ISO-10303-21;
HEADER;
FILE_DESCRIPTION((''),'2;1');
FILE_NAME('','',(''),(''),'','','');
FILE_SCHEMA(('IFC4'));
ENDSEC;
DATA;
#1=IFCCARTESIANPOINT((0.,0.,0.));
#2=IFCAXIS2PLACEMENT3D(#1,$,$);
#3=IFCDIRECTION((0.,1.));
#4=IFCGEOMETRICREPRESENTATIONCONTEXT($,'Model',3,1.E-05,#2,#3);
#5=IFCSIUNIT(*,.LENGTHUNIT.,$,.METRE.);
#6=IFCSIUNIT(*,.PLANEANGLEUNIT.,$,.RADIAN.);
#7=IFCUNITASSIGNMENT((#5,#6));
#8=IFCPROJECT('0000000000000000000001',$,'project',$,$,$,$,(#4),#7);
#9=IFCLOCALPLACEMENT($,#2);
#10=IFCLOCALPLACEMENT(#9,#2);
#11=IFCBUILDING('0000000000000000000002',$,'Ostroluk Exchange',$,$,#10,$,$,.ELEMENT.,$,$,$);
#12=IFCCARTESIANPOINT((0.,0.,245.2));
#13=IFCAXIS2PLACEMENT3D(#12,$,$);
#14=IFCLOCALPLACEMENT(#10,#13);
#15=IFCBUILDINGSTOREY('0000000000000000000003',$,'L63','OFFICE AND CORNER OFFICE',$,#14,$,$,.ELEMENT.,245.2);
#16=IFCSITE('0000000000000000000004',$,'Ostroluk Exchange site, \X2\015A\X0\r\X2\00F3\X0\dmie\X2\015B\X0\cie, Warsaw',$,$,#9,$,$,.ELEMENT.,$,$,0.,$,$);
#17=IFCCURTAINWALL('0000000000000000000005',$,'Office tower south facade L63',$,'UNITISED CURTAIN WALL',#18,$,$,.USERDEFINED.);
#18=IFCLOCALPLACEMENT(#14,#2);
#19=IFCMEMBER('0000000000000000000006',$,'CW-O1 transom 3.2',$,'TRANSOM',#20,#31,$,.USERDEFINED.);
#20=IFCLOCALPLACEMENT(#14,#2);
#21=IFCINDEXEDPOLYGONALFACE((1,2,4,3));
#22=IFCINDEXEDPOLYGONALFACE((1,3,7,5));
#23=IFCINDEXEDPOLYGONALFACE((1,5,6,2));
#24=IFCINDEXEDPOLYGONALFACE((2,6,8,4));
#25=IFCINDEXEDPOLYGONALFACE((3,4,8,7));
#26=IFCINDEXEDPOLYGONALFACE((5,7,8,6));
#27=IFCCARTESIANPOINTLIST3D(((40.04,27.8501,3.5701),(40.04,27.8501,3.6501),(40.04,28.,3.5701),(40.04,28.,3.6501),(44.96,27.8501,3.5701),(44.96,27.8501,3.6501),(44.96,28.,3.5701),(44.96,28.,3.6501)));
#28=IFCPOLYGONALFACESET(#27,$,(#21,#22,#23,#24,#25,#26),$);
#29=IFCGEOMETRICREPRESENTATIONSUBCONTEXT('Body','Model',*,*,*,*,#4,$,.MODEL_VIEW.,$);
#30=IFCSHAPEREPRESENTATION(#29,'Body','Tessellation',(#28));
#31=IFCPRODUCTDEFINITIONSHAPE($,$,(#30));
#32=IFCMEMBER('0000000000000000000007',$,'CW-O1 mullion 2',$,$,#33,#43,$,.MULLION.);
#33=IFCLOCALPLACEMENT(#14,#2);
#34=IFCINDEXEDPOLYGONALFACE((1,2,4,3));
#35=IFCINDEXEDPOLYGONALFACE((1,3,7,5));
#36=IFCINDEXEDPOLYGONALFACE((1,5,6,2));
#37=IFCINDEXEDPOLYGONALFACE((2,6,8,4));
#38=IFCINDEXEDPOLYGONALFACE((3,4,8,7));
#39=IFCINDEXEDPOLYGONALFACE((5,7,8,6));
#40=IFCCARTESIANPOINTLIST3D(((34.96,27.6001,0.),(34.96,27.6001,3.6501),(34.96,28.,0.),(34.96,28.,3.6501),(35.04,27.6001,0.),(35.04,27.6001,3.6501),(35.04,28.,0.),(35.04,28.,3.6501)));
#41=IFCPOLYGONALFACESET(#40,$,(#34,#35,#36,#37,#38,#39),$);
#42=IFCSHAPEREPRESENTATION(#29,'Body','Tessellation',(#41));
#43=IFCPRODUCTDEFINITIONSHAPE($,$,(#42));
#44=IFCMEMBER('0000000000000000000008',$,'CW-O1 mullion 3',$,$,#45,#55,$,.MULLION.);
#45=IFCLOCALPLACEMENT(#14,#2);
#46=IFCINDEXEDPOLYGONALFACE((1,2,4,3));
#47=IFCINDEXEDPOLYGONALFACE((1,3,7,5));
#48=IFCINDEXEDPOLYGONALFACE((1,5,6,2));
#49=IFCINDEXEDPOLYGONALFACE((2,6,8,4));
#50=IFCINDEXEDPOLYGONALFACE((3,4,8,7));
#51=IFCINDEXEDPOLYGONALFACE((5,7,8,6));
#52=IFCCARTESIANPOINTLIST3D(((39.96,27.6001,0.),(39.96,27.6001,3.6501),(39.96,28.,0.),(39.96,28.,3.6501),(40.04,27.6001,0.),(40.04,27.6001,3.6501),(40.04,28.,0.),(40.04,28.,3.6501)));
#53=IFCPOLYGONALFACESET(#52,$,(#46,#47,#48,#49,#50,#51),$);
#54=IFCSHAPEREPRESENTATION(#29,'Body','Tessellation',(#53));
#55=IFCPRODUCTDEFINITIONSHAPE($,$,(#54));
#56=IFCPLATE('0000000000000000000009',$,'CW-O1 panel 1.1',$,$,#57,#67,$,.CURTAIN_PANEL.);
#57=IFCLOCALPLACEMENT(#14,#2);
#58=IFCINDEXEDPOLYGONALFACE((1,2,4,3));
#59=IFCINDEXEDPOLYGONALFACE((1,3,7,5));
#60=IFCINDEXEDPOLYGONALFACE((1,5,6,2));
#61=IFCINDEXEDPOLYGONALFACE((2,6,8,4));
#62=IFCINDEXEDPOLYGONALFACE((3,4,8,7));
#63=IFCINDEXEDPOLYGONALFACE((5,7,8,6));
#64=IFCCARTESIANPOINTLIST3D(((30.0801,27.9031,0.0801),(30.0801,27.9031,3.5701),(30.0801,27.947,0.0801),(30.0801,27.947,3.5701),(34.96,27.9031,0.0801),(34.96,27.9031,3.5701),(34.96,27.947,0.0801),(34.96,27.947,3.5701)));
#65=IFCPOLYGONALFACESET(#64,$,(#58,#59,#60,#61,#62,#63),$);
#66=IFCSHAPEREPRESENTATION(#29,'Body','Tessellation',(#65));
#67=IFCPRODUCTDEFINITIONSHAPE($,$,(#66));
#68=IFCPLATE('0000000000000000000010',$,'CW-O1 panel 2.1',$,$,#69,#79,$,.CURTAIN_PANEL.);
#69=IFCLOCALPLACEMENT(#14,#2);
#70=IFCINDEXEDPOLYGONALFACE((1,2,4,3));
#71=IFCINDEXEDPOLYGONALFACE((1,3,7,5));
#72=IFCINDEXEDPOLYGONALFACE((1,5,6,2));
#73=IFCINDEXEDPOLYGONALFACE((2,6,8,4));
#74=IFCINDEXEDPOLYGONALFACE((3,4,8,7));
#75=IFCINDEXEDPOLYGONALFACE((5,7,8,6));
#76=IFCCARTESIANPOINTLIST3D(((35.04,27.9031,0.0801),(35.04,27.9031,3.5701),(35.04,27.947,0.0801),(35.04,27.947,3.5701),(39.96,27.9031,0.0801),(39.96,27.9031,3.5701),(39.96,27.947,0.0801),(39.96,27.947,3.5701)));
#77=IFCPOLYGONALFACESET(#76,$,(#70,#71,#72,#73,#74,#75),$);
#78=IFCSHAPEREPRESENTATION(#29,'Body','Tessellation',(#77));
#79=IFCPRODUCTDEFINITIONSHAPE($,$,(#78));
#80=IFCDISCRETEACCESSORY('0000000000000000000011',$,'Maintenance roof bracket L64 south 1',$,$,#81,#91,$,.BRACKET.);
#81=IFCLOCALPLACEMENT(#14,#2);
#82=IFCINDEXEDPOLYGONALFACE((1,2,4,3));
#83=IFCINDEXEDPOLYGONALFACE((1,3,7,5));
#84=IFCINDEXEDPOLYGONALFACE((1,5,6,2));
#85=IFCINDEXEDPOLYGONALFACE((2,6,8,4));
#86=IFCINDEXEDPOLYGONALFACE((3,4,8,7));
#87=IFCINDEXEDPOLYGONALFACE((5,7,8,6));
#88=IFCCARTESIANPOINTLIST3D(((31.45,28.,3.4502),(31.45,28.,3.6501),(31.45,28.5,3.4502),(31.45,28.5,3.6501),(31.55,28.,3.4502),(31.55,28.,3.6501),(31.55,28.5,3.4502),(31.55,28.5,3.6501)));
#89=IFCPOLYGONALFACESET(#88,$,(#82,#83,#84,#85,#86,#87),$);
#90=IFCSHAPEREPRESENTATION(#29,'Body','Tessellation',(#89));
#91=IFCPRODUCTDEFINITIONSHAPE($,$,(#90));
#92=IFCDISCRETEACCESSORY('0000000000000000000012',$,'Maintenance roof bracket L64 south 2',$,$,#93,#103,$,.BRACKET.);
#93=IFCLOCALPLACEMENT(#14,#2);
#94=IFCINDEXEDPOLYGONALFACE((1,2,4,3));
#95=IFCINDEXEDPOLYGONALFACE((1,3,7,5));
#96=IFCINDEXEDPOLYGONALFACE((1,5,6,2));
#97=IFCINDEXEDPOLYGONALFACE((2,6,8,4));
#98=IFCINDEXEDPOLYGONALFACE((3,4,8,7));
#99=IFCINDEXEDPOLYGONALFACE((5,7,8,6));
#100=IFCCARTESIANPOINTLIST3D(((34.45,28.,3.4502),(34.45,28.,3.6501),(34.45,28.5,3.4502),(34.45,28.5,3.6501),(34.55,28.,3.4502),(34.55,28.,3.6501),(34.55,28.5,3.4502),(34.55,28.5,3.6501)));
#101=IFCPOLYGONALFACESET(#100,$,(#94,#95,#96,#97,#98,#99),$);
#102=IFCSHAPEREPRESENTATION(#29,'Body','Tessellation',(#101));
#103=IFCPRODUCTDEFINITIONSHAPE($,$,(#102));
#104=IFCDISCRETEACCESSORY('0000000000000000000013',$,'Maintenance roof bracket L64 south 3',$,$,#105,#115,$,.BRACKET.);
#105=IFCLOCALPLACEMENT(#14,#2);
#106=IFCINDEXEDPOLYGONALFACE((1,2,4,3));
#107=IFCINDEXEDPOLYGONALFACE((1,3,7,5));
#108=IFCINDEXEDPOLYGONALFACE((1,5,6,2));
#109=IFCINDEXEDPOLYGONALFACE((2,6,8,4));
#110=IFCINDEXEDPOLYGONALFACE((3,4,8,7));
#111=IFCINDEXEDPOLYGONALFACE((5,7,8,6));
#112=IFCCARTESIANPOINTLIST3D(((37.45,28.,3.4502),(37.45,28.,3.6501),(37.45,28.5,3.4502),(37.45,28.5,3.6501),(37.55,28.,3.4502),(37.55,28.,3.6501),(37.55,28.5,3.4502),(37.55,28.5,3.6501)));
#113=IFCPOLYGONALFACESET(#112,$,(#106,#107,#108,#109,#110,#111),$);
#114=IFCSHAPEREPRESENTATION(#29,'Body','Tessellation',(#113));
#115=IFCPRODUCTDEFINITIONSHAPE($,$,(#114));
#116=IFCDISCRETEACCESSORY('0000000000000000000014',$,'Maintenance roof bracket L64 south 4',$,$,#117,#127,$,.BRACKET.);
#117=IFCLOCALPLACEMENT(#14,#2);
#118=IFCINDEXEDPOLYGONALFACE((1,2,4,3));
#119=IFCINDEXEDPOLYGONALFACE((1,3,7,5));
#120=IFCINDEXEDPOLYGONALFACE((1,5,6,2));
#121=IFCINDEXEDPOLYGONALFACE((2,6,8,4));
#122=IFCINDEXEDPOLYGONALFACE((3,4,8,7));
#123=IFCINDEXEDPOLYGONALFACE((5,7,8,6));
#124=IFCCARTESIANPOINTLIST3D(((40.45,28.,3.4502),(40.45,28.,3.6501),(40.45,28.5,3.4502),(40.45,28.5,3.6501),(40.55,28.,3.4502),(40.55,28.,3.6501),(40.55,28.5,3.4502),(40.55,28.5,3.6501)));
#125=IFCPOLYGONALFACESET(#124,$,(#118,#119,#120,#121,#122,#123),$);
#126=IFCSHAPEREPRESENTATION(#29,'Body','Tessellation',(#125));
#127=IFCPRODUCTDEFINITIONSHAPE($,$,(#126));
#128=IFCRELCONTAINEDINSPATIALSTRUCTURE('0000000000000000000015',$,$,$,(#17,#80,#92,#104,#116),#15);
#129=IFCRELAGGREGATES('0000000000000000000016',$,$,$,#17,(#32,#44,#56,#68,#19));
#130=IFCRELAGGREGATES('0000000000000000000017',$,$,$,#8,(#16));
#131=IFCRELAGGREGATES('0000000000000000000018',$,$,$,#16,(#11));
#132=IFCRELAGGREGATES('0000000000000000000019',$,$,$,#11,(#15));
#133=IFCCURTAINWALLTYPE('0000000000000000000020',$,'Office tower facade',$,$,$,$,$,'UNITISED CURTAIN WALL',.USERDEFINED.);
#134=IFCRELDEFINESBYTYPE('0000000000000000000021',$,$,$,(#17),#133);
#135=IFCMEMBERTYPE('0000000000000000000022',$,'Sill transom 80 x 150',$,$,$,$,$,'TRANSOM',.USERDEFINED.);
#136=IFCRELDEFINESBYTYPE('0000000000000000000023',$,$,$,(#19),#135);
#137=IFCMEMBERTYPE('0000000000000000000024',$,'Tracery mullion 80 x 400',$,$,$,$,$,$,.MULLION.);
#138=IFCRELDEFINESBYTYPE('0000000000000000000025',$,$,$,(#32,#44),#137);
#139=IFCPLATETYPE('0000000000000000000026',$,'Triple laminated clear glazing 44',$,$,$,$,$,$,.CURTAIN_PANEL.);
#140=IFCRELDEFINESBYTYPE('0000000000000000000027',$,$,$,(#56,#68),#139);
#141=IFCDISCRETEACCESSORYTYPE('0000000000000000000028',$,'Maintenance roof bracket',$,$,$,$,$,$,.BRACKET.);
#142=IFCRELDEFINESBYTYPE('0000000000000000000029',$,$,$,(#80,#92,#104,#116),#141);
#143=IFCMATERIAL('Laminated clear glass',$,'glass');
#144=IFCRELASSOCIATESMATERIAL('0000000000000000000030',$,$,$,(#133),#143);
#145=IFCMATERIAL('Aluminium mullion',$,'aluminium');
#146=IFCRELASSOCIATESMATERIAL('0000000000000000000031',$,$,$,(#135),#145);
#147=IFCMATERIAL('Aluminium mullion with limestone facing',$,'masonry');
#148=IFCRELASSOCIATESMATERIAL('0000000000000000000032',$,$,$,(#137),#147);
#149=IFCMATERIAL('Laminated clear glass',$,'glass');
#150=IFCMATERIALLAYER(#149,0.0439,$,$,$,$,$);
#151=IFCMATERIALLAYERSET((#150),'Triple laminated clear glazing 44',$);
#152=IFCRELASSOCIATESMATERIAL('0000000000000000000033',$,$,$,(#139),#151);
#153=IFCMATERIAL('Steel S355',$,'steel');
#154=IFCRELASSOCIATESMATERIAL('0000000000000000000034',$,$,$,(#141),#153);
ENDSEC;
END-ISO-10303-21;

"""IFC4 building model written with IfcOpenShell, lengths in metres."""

from ifc_helpers import new_model, si_unit, direction, frame, origin, origin_2d, place, context, subcontext, project, spatial, rectangle, extrude, material, layer, layer_set, material_profile, profile_set, type_object, element, aggregate, save


model = new_model("IFC4")

# Units and contexts
model_context = context("Model", 3, precision=1e-05, world=origin(), true_north=direction((0.0, 1.0)))
body_context = subcontext(model_context, "Body", "Model", "MODEL_VIEW")
ifc_project = project(units=[si_unit("LENGTHUNIT", "METRE"), si_unit("PLANEANGLEUNIT", "RADIAN")], contexts=[model_context])

# Site, building, storey
site_placement = place(None, origin())
site = spatial("IfcSite", under=ifc_project, at=site_placement, Name="Ostroluk Exchange site, Śródmieście, Warsaw", CompositionType="ELEMENT", RefElevation=0.0)
building_placement = place(site_placement, origin())
building = spatial("IfcBuilding", under=site, at=building_placement, Name="Ostroluk Exchange", CompositionType="ELEMENT")
storey_placement = place(building_placement, frame((0.0, 0.0, 245.2)))
storey = spatial("IfcBuildingStorey", under=building, at=storey_placement, Name="L63", Description="OFFICE AND CORNER OFFICE", CompositionType="ELEMENT", Elevation=245.2)

# Curtain wall, members, plates
ifc_material_1 = material(Name="Laminated clear glass", Category="glass")
curtain_wall_type = type_object("IfcCurtainWallType", Name="Office tower facade", ElementType="UNITISED CURTAIN WALL", PredefinedType="USERDEFINED", material=ifc_material_1)
curtain_wall_placement = place(storey_placement, origin())
curtain_wall = element("IfcCurtainWall", 1, at=curtain_wall_placement, inside=storey, type_object=curtain_wall_type, Name="Office tower south facade L63", ObjectType="UNITISED CURTAIN WALL", PredefinedType="USERDEFINED")
ifc_material_2 = material(Name="Aluminium mullion", Category="aluminium")
ifc_material_profile_1 = material_profile(ifc_material_2, rectangle(XDim=0.1499, YDim=0.0801, at=origin_2d()), Name="Sill transom 80 x 150")
ifc_profile_set_1 = profile_set([ifc_material_profile_1], Name="Aluminium mullion")
member_type_1 = type_object("IfcMemberType", Name="Sill transom 80 x 150", ElementType="TRANSOM", PredefinedType="USERDEFINED", material=ifc_profile_set_1)
member_1_placement = place(storey_placement, frame((40.04, 27.925, 3.6101), z_axis=(1.0, 0.0, 0.0), x_axis=(0.0, 1.0, 0.0)))
member_1 = element("IfcMember", 2, at=member_1_placement, type_object=member_type_1, Name="CW-O1 transom 3.2", ObjectType="TRANSOM", PredefinedType="USERDEFINED", context=body_context, shape_type="SweptSolid", body=[
    extrude(rectangle(XDim=0.1499, YDim=0.0801, at=origin_2d()), origin(), (0.0, 0.0, 1.0), 4.9199),
])
ifc_material_3 = material(Name="Aluminium mullion with limestone facing", Category="masonry")
ifc_material_profile_2 = material_profile(ifc_material_3, rectangle(XDim=0.3999, YDim=0.0801, at=origin_2d()), Name="Tracery mullion 80 x 400")
ifc_profile_set_2 = profile_set([ifc_material_profile_2], Name="Aluminium mullion with limestone facing")
member_type_2 = type_object("IfcMemberType", Name="Tracery mullion 80 x 400", PredefinedType="MULLION", material=ifc_profile_set_2)
member_2_placement = place(storey_placement, frame((35.0, 27.8, 0.0), z_axis=(0.0, 0.0, 1.0), x_axis=(0.0, 1.0, 0.0)))
member_2 = element("IfcMember", 3, at=member_2_placement, type_object=member_type_2, Name="CW-O1 mullion 2", PredefinedType="MULLION", context=body_context, shape_type="SweptSolid", body=[
    extrude(rectangle(XDim=0.3999, YDim=0.0801, at=origin_2d()), origin(), (0.0, 0.0, 1.0), 3.6501),
])
member_3_placement = place(storey_placement, frame((40.0, 27.8, 0.0), z_axis=(0.0, 0.0, 1.0), x_axis=(0.0, 1.0, 0.0)))
member_3 = element("IfcMember", 4, at=member_3_placement, type_object=member_type_2, Name="CW-O1 mullion 3", PredefinedType="MULLION", context=body_context, shape_type="SweptSolid", body=[
    extrude(rectangle(XDim=0.3999, YDim=0.0801, at=origin_2d()), origin(), (0.0, 0.0, 1.0), 3.6501),
])
ifc_material_4 = material(Name="Laminated clear glass", Category="glass")
ifc_layer = layer(ifc_material_4, 0.0439)
ifc_layer_set = layer_set([ifc_layer], Name="Triple laminated clear glazing 44")
plate_type = type_object("IfcPlateType", Name="Triple laminated clear glazing 44", PredefinedType="CURTAIN_PANEL", material=ifc_layer_set)
plate_1_placement = place(storey_placement, frame((32.52, 27.925, 0.0801), z_axis=(0.0, 0.0, 1.0), x_axis=(1.0, 0.0, 0.0)))
plate_1 = element("IfcPlate", 5, at=plate_1_placement, type_object=plate_type, Name="CW-O1 panel 1.1", PredefinedType="CURTAIN_PANEL", context=body_context, shape_type="SweptSolid", body=[
    extrude(rectangle(XDim=4.8799, YDim=0.0439, at=origin_2d()), origin(), (0.0, 0.0, 1.0), 3.49),
])
plate_2_placement = place(storey_placement, frame((37.5, 27.925, 0.0801), z_axis=(0.0, 0.0, 1.0), x_axis=(1.0, 0.0, 0.0)))
plate_2 = element("IfcPlate", 6, at=plate_2_placement, type_object=plate_type, Name="CW-O1 panel 2.1", PredefinedType="CURTAIN_PANEL", context=body_context, shape_type="SweptSolid", body=[
    extrude(rectangle(XDim=4.9199, YDim=0.0439, at=origin_2d()), origin(), (0.0, 0.0, 1.0), 3.49),
])
aggregate(curtain_wall, [member_2, member_3, plate_1, plate_2, member_1])

# Discrete accessories
ifc_material_5 = material(Name="Steel S355", Category="steel")
discrete_accessory_type = type_object("IfcDiscreteAccessoryType", Name="Maintenance roof bracket", PredefinedType="BRACKET", material=ifc_material_5)
for number, where, z_axis, x_axis, name in (
    (7, (31.5, 28.25, 3.4502), (0.0, 0.0, 1.0), (1.0, 0.0, 0.0), "Maintenance roof bracket L64 south 1"),
    (8, (34.5, 28.25, 3.4502), (0.0, 0.0, 1.0), (1.0, 0.0, 0.0), "Maintenance roof bracket L64 south 2"),
    (9, (37.5, 28.25, 3.4502), (0.0, 0.0, 1.0), (1.0, 0.0, 0.0), "Maintenance roof bracket L64 south 3"),
    (10, (40.5, 28.25, 3.4502), (0.0, 0.0, 1.0), (1.0, 0.0, 0.0), "Maintenance roof bracket L64 south 4"),
):
    element("IfcDiscreteAccessory", number, at=place(storey_placement, frame(where, z_axis=z_axis, x_axis=x_axis)), inside=storey, type_object=discrete_accessory_type, Name=name, PredefinedType="BRACKET", context=body_context, shape_type="SweptSolid", body=[
        extrude(rectangle(XDim=0.1001, YDim=0.5, at=origin_2d()), origin(), (0.0, 0.0, 1.0), 0.2),
    ])

save(model, "model.ifc")
